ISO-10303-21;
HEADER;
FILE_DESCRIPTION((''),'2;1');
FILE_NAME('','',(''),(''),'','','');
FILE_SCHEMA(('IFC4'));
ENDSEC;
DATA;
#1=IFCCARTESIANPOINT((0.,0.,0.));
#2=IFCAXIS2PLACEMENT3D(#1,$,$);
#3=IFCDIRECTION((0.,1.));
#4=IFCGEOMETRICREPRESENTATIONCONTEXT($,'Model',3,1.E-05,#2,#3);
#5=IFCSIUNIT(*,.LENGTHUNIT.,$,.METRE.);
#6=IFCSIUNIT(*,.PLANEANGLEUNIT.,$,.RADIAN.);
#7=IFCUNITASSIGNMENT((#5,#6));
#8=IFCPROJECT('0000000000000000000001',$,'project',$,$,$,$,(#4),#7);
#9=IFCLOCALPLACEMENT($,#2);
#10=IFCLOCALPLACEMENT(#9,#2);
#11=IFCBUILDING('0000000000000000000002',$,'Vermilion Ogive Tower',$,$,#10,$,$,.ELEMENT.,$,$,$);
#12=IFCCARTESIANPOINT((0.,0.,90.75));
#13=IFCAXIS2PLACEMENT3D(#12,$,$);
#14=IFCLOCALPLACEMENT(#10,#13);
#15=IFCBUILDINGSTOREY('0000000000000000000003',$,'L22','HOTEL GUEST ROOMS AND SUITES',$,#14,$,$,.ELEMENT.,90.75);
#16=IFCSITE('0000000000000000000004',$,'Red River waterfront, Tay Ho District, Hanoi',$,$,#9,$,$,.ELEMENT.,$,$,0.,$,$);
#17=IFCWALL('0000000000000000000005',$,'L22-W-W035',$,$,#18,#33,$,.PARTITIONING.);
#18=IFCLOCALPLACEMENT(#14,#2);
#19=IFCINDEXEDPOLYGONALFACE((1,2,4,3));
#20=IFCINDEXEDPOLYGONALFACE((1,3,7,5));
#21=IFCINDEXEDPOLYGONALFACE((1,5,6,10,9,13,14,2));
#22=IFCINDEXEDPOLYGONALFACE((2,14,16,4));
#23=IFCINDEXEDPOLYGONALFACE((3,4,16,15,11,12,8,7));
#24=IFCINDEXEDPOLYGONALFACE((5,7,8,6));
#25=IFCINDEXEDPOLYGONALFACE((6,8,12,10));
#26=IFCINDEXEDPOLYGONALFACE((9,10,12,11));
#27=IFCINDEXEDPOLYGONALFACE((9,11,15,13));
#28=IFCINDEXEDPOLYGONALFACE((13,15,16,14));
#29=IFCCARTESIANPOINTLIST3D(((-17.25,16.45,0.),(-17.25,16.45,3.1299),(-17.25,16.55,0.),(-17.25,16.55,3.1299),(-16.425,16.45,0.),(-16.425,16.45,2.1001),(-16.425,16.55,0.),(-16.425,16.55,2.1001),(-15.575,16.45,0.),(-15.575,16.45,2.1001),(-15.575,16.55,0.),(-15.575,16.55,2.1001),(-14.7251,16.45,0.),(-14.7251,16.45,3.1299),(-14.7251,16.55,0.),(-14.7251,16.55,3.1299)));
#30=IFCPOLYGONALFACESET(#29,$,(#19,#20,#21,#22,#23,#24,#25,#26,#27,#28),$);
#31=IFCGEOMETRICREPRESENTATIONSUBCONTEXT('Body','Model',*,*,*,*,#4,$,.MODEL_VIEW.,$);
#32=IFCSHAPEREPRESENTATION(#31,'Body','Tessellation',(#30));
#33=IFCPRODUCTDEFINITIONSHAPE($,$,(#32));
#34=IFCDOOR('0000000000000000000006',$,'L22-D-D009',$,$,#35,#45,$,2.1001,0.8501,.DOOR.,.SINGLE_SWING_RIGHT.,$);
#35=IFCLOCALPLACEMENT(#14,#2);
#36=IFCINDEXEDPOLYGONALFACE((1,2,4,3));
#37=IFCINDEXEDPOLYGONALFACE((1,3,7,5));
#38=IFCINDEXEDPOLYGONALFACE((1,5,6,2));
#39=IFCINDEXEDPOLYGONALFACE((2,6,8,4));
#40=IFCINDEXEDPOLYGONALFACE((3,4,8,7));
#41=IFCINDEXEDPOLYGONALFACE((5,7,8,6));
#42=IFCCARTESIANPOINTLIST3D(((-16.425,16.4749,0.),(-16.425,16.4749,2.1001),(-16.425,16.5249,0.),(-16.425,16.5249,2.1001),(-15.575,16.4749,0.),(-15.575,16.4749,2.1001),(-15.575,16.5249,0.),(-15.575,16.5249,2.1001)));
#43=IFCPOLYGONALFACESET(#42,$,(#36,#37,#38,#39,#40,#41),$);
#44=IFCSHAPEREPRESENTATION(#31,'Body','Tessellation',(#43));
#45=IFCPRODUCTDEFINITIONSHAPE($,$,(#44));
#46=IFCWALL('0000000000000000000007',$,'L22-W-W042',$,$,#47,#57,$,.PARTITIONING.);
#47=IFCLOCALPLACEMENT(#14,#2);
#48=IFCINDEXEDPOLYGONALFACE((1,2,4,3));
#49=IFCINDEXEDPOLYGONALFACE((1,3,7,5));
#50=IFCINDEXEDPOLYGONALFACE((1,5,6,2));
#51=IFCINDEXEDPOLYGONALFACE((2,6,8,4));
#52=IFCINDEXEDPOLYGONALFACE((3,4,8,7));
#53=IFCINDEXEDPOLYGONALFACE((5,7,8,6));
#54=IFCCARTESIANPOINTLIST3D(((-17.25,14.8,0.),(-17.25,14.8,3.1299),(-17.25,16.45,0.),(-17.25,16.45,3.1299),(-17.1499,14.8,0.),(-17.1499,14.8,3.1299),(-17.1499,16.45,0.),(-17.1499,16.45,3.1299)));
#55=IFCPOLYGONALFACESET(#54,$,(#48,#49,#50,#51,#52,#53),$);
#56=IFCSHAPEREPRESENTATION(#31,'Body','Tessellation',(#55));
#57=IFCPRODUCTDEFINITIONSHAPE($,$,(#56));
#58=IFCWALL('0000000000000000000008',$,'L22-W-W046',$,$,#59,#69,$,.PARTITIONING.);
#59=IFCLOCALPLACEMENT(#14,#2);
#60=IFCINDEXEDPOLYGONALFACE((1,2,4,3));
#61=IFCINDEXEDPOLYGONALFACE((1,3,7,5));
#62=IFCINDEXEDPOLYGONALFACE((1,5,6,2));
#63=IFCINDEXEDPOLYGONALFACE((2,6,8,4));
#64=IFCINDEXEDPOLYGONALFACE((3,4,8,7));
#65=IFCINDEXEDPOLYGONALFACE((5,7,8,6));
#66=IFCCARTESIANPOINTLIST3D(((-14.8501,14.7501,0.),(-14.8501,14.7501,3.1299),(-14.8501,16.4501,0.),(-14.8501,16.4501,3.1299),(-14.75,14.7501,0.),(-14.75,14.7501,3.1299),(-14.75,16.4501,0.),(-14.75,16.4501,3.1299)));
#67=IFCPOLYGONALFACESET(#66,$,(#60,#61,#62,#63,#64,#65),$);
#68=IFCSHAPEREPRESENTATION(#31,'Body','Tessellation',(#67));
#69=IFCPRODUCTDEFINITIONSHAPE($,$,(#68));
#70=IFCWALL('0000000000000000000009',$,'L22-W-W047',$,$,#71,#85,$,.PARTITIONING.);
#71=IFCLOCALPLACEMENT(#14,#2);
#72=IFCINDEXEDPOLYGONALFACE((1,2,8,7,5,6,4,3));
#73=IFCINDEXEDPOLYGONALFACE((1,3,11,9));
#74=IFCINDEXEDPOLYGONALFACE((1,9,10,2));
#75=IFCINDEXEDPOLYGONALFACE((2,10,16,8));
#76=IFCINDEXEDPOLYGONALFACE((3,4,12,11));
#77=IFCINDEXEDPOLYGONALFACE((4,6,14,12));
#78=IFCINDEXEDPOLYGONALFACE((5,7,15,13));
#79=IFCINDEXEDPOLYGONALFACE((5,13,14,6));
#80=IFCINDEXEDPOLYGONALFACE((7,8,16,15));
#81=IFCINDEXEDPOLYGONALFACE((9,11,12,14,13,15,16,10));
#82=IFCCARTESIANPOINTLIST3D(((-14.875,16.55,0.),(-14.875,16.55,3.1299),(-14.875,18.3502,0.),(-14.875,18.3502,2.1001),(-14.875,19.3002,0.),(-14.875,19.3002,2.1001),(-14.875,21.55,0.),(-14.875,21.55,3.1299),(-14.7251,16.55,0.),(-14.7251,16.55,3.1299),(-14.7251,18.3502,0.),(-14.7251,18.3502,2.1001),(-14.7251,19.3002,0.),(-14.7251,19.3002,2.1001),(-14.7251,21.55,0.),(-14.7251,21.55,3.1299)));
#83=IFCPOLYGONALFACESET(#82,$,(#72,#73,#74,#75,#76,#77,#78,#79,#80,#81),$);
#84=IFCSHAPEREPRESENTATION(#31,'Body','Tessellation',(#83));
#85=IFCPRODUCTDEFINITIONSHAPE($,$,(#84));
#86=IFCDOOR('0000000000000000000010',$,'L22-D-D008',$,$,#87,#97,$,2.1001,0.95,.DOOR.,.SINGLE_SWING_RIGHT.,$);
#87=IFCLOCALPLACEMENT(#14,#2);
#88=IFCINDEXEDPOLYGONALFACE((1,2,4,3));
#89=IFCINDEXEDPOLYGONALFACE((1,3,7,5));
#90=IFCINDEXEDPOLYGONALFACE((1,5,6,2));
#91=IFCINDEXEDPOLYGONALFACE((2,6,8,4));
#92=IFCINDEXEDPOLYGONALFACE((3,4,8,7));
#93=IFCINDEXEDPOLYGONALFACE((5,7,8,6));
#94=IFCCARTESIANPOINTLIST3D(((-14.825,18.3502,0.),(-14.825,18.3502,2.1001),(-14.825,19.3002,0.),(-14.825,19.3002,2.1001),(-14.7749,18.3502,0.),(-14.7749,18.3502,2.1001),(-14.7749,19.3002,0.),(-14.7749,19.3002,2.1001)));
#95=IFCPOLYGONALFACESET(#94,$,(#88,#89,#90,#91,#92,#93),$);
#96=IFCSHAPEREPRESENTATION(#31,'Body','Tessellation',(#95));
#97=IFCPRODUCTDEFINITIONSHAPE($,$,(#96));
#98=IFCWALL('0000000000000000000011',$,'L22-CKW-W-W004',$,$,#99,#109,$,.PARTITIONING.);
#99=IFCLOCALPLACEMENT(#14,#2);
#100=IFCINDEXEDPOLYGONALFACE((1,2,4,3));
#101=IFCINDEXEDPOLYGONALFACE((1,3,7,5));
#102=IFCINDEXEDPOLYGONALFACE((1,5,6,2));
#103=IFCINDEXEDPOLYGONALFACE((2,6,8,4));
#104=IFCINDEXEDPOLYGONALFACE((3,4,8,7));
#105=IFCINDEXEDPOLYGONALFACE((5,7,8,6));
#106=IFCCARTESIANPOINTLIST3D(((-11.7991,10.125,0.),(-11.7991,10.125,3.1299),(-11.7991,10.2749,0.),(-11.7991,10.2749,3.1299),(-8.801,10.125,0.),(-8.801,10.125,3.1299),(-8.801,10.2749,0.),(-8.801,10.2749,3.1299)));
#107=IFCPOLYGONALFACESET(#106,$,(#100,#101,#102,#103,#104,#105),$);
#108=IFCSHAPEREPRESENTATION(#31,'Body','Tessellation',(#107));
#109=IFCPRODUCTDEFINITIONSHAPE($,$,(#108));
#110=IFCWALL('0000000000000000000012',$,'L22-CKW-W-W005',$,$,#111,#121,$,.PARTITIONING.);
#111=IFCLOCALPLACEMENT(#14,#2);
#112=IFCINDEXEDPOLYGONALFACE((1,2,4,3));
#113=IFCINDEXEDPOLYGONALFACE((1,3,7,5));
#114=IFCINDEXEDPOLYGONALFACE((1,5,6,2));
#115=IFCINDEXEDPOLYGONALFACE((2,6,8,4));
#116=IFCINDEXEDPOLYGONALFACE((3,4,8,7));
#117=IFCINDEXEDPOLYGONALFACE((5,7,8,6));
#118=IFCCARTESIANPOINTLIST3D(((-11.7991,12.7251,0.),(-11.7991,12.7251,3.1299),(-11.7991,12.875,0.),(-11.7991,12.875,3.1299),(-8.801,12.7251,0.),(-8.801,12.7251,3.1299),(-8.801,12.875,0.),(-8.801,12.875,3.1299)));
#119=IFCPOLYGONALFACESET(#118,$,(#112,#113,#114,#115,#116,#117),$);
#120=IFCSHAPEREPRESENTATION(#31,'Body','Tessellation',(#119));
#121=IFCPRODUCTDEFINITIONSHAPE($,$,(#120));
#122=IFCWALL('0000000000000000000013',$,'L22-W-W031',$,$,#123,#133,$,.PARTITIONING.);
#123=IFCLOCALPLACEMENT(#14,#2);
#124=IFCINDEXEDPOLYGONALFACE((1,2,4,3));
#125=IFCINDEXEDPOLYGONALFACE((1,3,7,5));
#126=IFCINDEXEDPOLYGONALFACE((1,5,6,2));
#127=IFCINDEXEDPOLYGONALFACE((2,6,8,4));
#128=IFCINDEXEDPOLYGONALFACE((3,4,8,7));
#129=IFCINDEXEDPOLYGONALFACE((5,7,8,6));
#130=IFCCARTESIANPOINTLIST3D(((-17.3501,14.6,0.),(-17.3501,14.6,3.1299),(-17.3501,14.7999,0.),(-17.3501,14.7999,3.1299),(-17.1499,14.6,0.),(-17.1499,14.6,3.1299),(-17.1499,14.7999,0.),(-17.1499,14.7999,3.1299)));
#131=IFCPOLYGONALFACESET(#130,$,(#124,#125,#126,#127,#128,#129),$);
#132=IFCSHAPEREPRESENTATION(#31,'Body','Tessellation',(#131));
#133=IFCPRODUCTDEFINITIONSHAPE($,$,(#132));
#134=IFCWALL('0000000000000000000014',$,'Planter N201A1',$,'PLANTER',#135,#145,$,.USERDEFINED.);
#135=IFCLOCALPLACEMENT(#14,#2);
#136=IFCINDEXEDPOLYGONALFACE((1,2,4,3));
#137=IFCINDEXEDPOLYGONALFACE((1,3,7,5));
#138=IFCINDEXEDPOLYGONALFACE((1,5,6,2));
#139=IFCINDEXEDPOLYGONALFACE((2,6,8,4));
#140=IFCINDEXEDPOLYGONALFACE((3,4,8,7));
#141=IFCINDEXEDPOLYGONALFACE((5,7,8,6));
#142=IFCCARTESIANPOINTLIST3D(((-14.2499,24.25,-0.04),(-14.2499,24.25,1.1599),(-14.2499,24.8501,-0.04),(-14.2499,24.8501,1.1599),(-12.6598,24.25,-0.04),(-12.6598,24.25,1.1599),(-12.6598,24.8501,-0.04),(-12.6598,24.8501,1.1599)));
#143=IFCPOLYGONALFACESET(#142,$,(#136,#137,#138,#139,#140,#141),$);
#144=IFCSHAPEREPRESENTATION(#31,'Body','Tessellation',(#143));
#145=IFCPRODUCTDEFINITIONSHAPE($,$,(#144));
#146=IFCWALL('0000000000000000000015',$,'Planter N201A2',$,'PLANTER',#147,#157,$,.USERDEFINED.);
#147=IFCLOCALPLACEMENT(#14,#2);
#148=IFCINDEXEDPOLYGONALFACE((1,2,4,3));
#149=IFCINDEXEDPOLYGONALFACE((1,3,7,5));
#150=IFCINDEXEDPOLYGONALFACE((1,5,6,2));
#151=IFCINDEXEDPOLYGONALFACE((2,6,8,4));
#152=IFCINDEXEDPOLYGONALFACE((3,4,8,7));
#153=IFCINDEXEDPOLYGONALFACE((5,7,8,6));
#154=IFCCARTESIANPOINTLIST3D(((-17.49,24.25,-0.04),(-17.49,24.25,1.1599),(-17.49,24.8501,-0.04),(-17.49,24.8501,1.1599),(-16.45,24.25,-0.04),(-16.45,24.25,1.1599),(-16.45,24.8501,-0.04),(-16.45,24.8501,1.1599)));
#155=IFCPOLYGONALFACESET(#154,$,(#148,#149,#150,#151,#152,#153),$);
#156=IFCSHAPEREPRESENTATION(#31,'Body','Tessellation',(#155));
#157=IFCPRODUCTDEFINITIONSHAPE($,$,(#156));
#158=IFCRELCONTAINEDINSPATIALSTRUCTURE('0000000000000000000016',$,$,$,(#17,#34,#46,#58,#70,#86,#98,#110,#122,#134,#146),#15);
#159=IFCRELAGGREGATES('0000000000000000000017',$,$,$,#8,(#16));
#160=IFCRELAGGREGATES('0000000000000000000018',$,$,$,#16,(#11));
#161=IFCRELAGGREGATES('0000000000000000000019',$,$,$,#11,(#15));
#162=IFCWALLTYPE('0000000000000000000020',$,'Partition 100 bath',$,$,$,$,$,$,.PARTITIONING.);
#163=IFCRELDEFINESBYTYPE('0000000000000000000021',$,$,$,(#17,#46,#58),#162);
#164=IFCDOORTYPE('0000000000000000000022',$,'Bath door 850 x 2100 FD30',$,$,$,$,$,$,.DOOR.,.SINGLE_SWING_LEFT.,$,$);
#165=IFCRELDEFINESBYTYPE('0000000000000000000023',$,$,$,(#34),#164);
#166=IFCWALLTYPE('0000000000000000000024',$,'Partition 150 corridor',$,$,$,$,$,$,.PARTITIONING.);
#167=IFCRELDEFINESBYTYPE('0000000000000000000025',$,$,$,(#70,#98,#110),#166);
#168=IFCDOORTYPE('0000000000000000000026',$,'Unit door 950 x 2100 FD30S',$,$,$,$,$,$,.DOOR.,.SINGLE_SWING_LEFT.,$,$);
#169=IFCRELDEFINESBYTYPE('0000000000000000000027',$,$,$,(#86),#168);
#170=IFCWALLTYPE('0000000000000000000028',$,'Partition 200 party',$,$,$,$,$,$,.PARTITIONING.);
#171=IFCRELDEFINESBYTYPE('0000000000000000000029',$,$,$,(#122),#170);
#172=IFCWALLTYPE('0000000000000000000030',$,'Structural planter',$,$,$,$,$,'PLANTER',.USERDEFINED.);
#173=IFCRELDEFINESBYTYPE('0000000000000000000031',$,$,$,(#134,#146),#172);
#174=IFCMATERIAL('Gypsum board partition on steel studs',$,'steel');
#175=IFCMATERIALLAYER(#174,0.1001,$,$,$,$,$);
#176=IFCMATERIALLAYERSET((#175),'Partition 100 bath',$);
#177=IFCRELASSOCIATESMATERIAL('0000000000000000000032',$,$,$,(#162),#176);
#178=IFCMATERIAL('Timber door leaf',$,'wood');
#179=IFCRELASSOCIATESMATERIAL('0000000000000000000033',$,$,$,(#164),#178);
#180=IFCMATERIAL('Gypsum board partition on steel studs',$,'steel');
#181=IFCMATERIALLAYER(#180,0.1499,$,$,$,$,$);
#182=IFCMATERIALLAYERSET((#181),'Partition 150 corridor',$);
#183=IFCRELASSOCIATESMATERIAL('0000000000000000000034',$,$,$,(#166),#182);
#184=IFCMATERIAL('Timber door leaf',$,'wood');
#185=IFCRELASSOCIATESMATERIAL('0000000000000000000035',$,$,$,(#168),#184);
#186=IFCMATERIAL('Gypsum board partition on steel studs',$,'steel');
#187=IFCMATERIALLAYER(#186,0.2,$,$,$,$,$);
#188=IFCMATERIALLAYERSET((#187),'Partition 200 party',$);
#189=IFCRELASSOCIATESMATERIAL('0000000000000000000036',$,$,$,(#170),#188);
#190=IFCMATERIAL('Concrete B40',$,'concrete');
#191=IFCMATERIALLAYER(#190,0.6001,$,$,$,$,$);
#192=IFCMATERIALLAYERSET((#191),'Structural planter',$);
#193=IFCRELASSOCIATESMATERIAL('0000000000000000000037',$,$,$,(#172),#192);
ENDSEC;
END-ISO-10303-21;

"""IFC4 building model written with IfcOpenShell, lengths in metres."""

from ifc_helpers import new_model, si_unit, direction, frame, frame_2d, origin, place, context, subcontext, project, spatial, rectangle, extrude, material, layer, layer_set, type_object, element, fill, save


model = new_model("IFC4")

# Units and contexts
model_context = context("Model", 3, precision=1e-05, world=origin(), true_north=direction((0.0, 1.0)))
body_context = subcontext(model_context, "Body", "Model", "MODEL_VIEW")
ifc_project = project(units=[si_unit("LENGTHUNIT", "METRE"), si_unit("PLANEANGLEUNIT", "RADIAN")], contexts=[model_context])

# Site, building, storey
site_placement = place(None, origin())
site = spatial("IfcSite", under=ifc_project, at=site_placement, Name="Red River waterfront, Tay Ho District, Hanoi", CompositionType="ELEMENT", RefElevation=0.0)
building_placement = place(site_placement, origin())
building = spatial("IfcBuilding", under=site, at=building_placement, Name="Vermilion Ogive Tower", CompositionType="ELEMENT")
storey_placement = place(building_placement, frame((0.0, 0.0, 90.75)))
storey = spatial("IfcBuildingStorey", under=building, at=storey_placement, Name="L22", Description="HOTEL GUEST ROOMS AND SUITES", CompositionType="ELEMENT", Elevation=90.75)

# Shared definitions
ifc_material_1 = material(Name="Gypsum board partition on steel studs", Category="steel")
ifc_layer_1 = layer(ifc_material_1, 0.1001)
ifc_layer_set_1 = layer_set([ifc_layer_1], Name="Partition 100 bath")
wall_type_1 = type_object("IfcWallType", Name="Partition 100 bath", PredefinedType="PARTITIONING", material=ifc_layer_set_1)

# Wall, opening, door
wall_1_placement = place(storey_placement, frame((-17.25, 16.5, 0.0), z_axis=(0.0, 0.0, 1.0), x_axis=(1.0, 0.0, 0.0)))
wall_1 = element("IfcWall", 1, at=wall_1_placement, inside=storey, type_object=wall_type_1, Name="L22-W-W035", PredefinedType="PARTITIONING", context=body_context, shape_type="SweptSolid", body=[
    extrude(rectangle(XDim=2.5249, YDim=0.1001, at=frame_2d((1.2625, 0.0))), origin(), (0.0, 0.0, 1.0), 3.1299),
])
opening_1_placement = place(wall_1_placement, frame((0.825, 0.0, 0.0)))
opening_1 = element("IfcOpeningElement", 2, at=opening_1_placement, cuts=wall_1, PredefinedType="OPENING", context=body_context, shape_type="SweptSolid", body=[
    extrude(rectangle(XDim=0.8501, YDim=2.1001, at=frame_2d((0.425, 1.05))), frame((0.0, 0.0601, 0.0), z_axis=(0.0, -1.0, 0.0), x_axis=(1.0, 0.0, 0.0)), (0.0, 0.0, 1.0), 0.1201),
])
ifc_material_2 = material(Name="Timber door leaf", Category="wood")
door_type_1 = type_object("IfcDoorType", Name="Bath door 850 x 2100 FD30", OperationType="SINGLE_SWING_LEFT", PredefinedType="DOOR", material=ifc_material_2)
door_1_placement = place(opening_1_placement, origin())
door_1 = element("IfcDoor", 3, at=door_1_placement, inside=storey, type_object=door_type_1, Name="L22-D-D009", OperationType="SINGLE_SWING_RIGHT", OverallHeight=2.1001, OverallWidth=0.8501, PredefinedType="DOOR", context=body_context, shape_type="SweptSolid", body=[
    extrude(rectangle(XDim=0.8501, YDim=2.1001, at=frame_2d((0.425, 1.05))), frame((0.0, 0.0249, 0.0), z_axis=(0.0, -1.0, 0.0), x_axis=(1.0, 0.0, 0.0)), (0.0, 0.0, 1.0), 0.05),
])
fill(opening_1, door_1)

# Walls
wall_2_placement = place(storey_placement, frame((-17.2, 14.8, 0.0), z_axis=(0.0, 0.0, 1.0), x_axis=(0.0, 1.0, 0.0)))
element("IfcWall", 4, at=wall_2_placement, inside=storey, type_object=wall_type_1, Name="L22-W-W042", PredefinedType="PARTITIONING", context=body_context, shape_type="SweptSolid", body=[
    extrude(rectangle(XDim=1.6499, YDim=0.1001, at=frame_2d((0.825, 0.0))), origin(), (0.0, 0.0, 1.0), 3.1299),
])
wall_3_placement = place(storey_placement, frame((-14.8, 14.75, 0.0), z_axis=(0.0, 0.0, 1.0), x_axis=(0.0, 1.0, 0.0)))
element("IfcWall", 5, at=wall_3_placement, inside=storey, type_object=wall_type_1, Name="L22-W-W046", PredefinedType="PARTITIONING", context=body_context, shape_type="SweptSolid", body=[
    extrude(rectangle(XDim=1.7, YDim=0.1001, at=frame_2d((0.8501, 0.0))), origin(), (0.0, 0.0, 1.0), 3.1299),
])

# Wall, opening, door
ifc_material_3 = material(Name="Gypsum board partition on steel studs", Category="steel")
ifc_layer_2 = layer(ifc_material_3, 0.1499)
ifc_layer_set_2 = layer_set([ifc_layer_2], Name="Partition 150 corridor")
wall_type_2 = type_object("IfcWallType", Name="Partition 150 corridor", PredefinedType="PARTITIONING", material=ifc_layer_set_2)
wall_4_placement = place(storey_placement, frame((-14.8, 16.55, 0.0), z_axis=(0.0, 0.0, 1.0), x_axis=(0.0, 1.0, 0.0)))
wall_4 = element("IfcWall", 6, at=wall_4_placement, inside=storey, type_object=wall_type_2, Name="L22-W-W047", PredefinedType="PARTITIONING", context=body_context, shape_type="SweptSolid", body=[
    extrude(rectangle(XDim=5.0, YDim=0.1499, at=frame_2d((2.5, 0.0))), origin(), (0.0, 0.0, 1.0), 3.1299),
])
opening_2_placement = place(wall_4_placement, frame((1.8, 0.0, 0.0)))
opening_2 = element("IfcOpeningElement", 7, at=opening_2_placement, cuts=wall_4, PredefinedType="OPENING", context=body_context, shape_type="SweptSolid", body=[
    extrude(rectangle(XDim=0.95, YDim=2.1001, at=frame_2d((0.4751, 1.05))), frame((0.0, 0.085, 0.0), z_axis=(0.0, -1.0, 0.0), x_axis=(1.0, 0.0, 0.0)), (0.0, 0.0, 1.0), 0.1699),
])
ifc_material_4 = material(Name="Timber door leaf", Category="wood")
door_type_2 = type_object("IfcDoorType", Name="Unit door 950 x 2100 FD30S", OperationType="SINGLE_SWING_LEFT", PredefinedType="DOOR", material=ifc_material_4)
door_2_placement = place(opening_2_placement, origin())
door_2 = element("IfcDoor", 8, at=door_2_placement, inside=storey, type_object=door_type_2, Name="L22-D-D008", OperationType="SINGLE_SWING_RIGHT", OverallHeight=2.1001, OverallWidth=0.95, PredefinedType="DOOR", context=body_context, shape_type="SweptSolid", body=[
    extrude(rectangle(XDim=0.95, YDim=2.1001, at=frame_2d((0.4751, 1.05))), frame((0.0, 0.0249, 0.0), z_axis=(0.0, -1.0, 0.0), x_axis=(1.0, 0.0, 0.0)), (0.0, 0.0, 1.0), 0.05),
])
fill(opening_2, door_2)

# Walls
for number, where, z_axis, x_axis, name in (
    (9, (-11.7991, 10.2, 0.0), (0.0, 0.0, 1.0), (1.0, 0.0, 0.0), "L22-CKW-W-W004"),
    (10, (-11.7991, 12.8, 0.0), (0.0, 0.0, 1.0), (1.0, 0.0, 0.0), "L22-CKW-W-W005"),
):
    element("IfcWall", number, at=place(storey_placement, frame(where, z_axis=z_axis, x_axis=x_axis)), inside=storey, type_object=wall_type_2, Name=name, PredefinedType="PARTITIONING", context=body_context, shape_type="SweptSolid", body=[
        extrude(rectangle(XDim=2.998, YDim=0.1499, at=frame_2d((1.499, 0.0))), origin(), (0.0, 0.0, 1.0), 3.1299),
    ])
ifc_material_5 = material(Name="Gypsum board partition on steel studs", Category="steel")
ifc_layer_3 = layer(ifc_material_5, 0.2)
ifc_layer_set_3 = layer_set([ifc_layer_3], Name="Partition 200 party")
wall_type_3 = type_object("IfcWallType", Name="Partition 200 party", PredefinedType="PARTITIONING", material=ifc_layer_set_3)
wall_5_placement = place(storey_placement, frame((-17.3501, 14.7, 0.0), z_axis=(0.0, 0.0, 1.0), x_axis=(1.0, 0.0, 0.0)))
element("IfcWall", 11, at=wall_5_placement, inside=storey, type_object=wall_type_3, Name="L22-W-W031", PredefinedType="PARTITIONING", context=body_context, shape_type="SweptSolid", body=[
    extrude(rectangle(XDim=0.2002, YDim=0.2, at=frame_2d((0.1001, 0.0))), origin(), (0.0, 0.0, 1.0), 3.1299),
])
ifc_material_6 = material(Name="Concrete B40", Category="concrete")
ifc_layer_4 = layer(ifc_material_6, 0.6001)
ifc_layer_set_4 = layer_set([ifc_layer_4], Name="Structural planter")
wall_type_4 = type_object("IfcWallType", Name="Structural planter", ElementType="PLANTER", PredefinedType="USERDEFINED", material=ifc_layer_set_4)
wall_6_placement = place(storey_placement, frame((-12.6599, 24.55, -0.04), z_axis=(0.0, 0.0, 1.0), x_axis=(-1.0, 0.0, 0.0)))
element("IfcWall", 12, at=wall_6_placement, inside=storey, type_object=wall_type_4, Name="Planter N201A1", ObjectType="PLANTER", PredefinedType="USERDEFINED", context=body_context, shape_type="SweptSolid", body=[
    extrude(rectangle(XDim=1.5901, YDim=0.6001, at=frame_2d((0.7949, 0.0))), origin(), (0.0, 0.0, 1.0), 1.2),
])
wall_7_placement = place(storey_placement, frame((-16.45, 24.55, -0.04), z_axis=(0.0, 0.0, 1.0), x_axis=(-1.0, 0.0, 0.0)))
element("IfcWall", 13, at=wall_7_placement, inside=storey, type_object=wall_type_4, Name="Planter N201A2", ObjectType="PLANTER", PredefinedType="USERDEFINED", context=body_context, shape_type="SweptSolid", body=[
    extrude(rectangle(XDim=1.04, YDim=0.6001, at=frame_2d((0.52, 0.0))), origin(), (0.0, 0.0, 1.0), 1.2),
])

save(model, "model.ifc")
